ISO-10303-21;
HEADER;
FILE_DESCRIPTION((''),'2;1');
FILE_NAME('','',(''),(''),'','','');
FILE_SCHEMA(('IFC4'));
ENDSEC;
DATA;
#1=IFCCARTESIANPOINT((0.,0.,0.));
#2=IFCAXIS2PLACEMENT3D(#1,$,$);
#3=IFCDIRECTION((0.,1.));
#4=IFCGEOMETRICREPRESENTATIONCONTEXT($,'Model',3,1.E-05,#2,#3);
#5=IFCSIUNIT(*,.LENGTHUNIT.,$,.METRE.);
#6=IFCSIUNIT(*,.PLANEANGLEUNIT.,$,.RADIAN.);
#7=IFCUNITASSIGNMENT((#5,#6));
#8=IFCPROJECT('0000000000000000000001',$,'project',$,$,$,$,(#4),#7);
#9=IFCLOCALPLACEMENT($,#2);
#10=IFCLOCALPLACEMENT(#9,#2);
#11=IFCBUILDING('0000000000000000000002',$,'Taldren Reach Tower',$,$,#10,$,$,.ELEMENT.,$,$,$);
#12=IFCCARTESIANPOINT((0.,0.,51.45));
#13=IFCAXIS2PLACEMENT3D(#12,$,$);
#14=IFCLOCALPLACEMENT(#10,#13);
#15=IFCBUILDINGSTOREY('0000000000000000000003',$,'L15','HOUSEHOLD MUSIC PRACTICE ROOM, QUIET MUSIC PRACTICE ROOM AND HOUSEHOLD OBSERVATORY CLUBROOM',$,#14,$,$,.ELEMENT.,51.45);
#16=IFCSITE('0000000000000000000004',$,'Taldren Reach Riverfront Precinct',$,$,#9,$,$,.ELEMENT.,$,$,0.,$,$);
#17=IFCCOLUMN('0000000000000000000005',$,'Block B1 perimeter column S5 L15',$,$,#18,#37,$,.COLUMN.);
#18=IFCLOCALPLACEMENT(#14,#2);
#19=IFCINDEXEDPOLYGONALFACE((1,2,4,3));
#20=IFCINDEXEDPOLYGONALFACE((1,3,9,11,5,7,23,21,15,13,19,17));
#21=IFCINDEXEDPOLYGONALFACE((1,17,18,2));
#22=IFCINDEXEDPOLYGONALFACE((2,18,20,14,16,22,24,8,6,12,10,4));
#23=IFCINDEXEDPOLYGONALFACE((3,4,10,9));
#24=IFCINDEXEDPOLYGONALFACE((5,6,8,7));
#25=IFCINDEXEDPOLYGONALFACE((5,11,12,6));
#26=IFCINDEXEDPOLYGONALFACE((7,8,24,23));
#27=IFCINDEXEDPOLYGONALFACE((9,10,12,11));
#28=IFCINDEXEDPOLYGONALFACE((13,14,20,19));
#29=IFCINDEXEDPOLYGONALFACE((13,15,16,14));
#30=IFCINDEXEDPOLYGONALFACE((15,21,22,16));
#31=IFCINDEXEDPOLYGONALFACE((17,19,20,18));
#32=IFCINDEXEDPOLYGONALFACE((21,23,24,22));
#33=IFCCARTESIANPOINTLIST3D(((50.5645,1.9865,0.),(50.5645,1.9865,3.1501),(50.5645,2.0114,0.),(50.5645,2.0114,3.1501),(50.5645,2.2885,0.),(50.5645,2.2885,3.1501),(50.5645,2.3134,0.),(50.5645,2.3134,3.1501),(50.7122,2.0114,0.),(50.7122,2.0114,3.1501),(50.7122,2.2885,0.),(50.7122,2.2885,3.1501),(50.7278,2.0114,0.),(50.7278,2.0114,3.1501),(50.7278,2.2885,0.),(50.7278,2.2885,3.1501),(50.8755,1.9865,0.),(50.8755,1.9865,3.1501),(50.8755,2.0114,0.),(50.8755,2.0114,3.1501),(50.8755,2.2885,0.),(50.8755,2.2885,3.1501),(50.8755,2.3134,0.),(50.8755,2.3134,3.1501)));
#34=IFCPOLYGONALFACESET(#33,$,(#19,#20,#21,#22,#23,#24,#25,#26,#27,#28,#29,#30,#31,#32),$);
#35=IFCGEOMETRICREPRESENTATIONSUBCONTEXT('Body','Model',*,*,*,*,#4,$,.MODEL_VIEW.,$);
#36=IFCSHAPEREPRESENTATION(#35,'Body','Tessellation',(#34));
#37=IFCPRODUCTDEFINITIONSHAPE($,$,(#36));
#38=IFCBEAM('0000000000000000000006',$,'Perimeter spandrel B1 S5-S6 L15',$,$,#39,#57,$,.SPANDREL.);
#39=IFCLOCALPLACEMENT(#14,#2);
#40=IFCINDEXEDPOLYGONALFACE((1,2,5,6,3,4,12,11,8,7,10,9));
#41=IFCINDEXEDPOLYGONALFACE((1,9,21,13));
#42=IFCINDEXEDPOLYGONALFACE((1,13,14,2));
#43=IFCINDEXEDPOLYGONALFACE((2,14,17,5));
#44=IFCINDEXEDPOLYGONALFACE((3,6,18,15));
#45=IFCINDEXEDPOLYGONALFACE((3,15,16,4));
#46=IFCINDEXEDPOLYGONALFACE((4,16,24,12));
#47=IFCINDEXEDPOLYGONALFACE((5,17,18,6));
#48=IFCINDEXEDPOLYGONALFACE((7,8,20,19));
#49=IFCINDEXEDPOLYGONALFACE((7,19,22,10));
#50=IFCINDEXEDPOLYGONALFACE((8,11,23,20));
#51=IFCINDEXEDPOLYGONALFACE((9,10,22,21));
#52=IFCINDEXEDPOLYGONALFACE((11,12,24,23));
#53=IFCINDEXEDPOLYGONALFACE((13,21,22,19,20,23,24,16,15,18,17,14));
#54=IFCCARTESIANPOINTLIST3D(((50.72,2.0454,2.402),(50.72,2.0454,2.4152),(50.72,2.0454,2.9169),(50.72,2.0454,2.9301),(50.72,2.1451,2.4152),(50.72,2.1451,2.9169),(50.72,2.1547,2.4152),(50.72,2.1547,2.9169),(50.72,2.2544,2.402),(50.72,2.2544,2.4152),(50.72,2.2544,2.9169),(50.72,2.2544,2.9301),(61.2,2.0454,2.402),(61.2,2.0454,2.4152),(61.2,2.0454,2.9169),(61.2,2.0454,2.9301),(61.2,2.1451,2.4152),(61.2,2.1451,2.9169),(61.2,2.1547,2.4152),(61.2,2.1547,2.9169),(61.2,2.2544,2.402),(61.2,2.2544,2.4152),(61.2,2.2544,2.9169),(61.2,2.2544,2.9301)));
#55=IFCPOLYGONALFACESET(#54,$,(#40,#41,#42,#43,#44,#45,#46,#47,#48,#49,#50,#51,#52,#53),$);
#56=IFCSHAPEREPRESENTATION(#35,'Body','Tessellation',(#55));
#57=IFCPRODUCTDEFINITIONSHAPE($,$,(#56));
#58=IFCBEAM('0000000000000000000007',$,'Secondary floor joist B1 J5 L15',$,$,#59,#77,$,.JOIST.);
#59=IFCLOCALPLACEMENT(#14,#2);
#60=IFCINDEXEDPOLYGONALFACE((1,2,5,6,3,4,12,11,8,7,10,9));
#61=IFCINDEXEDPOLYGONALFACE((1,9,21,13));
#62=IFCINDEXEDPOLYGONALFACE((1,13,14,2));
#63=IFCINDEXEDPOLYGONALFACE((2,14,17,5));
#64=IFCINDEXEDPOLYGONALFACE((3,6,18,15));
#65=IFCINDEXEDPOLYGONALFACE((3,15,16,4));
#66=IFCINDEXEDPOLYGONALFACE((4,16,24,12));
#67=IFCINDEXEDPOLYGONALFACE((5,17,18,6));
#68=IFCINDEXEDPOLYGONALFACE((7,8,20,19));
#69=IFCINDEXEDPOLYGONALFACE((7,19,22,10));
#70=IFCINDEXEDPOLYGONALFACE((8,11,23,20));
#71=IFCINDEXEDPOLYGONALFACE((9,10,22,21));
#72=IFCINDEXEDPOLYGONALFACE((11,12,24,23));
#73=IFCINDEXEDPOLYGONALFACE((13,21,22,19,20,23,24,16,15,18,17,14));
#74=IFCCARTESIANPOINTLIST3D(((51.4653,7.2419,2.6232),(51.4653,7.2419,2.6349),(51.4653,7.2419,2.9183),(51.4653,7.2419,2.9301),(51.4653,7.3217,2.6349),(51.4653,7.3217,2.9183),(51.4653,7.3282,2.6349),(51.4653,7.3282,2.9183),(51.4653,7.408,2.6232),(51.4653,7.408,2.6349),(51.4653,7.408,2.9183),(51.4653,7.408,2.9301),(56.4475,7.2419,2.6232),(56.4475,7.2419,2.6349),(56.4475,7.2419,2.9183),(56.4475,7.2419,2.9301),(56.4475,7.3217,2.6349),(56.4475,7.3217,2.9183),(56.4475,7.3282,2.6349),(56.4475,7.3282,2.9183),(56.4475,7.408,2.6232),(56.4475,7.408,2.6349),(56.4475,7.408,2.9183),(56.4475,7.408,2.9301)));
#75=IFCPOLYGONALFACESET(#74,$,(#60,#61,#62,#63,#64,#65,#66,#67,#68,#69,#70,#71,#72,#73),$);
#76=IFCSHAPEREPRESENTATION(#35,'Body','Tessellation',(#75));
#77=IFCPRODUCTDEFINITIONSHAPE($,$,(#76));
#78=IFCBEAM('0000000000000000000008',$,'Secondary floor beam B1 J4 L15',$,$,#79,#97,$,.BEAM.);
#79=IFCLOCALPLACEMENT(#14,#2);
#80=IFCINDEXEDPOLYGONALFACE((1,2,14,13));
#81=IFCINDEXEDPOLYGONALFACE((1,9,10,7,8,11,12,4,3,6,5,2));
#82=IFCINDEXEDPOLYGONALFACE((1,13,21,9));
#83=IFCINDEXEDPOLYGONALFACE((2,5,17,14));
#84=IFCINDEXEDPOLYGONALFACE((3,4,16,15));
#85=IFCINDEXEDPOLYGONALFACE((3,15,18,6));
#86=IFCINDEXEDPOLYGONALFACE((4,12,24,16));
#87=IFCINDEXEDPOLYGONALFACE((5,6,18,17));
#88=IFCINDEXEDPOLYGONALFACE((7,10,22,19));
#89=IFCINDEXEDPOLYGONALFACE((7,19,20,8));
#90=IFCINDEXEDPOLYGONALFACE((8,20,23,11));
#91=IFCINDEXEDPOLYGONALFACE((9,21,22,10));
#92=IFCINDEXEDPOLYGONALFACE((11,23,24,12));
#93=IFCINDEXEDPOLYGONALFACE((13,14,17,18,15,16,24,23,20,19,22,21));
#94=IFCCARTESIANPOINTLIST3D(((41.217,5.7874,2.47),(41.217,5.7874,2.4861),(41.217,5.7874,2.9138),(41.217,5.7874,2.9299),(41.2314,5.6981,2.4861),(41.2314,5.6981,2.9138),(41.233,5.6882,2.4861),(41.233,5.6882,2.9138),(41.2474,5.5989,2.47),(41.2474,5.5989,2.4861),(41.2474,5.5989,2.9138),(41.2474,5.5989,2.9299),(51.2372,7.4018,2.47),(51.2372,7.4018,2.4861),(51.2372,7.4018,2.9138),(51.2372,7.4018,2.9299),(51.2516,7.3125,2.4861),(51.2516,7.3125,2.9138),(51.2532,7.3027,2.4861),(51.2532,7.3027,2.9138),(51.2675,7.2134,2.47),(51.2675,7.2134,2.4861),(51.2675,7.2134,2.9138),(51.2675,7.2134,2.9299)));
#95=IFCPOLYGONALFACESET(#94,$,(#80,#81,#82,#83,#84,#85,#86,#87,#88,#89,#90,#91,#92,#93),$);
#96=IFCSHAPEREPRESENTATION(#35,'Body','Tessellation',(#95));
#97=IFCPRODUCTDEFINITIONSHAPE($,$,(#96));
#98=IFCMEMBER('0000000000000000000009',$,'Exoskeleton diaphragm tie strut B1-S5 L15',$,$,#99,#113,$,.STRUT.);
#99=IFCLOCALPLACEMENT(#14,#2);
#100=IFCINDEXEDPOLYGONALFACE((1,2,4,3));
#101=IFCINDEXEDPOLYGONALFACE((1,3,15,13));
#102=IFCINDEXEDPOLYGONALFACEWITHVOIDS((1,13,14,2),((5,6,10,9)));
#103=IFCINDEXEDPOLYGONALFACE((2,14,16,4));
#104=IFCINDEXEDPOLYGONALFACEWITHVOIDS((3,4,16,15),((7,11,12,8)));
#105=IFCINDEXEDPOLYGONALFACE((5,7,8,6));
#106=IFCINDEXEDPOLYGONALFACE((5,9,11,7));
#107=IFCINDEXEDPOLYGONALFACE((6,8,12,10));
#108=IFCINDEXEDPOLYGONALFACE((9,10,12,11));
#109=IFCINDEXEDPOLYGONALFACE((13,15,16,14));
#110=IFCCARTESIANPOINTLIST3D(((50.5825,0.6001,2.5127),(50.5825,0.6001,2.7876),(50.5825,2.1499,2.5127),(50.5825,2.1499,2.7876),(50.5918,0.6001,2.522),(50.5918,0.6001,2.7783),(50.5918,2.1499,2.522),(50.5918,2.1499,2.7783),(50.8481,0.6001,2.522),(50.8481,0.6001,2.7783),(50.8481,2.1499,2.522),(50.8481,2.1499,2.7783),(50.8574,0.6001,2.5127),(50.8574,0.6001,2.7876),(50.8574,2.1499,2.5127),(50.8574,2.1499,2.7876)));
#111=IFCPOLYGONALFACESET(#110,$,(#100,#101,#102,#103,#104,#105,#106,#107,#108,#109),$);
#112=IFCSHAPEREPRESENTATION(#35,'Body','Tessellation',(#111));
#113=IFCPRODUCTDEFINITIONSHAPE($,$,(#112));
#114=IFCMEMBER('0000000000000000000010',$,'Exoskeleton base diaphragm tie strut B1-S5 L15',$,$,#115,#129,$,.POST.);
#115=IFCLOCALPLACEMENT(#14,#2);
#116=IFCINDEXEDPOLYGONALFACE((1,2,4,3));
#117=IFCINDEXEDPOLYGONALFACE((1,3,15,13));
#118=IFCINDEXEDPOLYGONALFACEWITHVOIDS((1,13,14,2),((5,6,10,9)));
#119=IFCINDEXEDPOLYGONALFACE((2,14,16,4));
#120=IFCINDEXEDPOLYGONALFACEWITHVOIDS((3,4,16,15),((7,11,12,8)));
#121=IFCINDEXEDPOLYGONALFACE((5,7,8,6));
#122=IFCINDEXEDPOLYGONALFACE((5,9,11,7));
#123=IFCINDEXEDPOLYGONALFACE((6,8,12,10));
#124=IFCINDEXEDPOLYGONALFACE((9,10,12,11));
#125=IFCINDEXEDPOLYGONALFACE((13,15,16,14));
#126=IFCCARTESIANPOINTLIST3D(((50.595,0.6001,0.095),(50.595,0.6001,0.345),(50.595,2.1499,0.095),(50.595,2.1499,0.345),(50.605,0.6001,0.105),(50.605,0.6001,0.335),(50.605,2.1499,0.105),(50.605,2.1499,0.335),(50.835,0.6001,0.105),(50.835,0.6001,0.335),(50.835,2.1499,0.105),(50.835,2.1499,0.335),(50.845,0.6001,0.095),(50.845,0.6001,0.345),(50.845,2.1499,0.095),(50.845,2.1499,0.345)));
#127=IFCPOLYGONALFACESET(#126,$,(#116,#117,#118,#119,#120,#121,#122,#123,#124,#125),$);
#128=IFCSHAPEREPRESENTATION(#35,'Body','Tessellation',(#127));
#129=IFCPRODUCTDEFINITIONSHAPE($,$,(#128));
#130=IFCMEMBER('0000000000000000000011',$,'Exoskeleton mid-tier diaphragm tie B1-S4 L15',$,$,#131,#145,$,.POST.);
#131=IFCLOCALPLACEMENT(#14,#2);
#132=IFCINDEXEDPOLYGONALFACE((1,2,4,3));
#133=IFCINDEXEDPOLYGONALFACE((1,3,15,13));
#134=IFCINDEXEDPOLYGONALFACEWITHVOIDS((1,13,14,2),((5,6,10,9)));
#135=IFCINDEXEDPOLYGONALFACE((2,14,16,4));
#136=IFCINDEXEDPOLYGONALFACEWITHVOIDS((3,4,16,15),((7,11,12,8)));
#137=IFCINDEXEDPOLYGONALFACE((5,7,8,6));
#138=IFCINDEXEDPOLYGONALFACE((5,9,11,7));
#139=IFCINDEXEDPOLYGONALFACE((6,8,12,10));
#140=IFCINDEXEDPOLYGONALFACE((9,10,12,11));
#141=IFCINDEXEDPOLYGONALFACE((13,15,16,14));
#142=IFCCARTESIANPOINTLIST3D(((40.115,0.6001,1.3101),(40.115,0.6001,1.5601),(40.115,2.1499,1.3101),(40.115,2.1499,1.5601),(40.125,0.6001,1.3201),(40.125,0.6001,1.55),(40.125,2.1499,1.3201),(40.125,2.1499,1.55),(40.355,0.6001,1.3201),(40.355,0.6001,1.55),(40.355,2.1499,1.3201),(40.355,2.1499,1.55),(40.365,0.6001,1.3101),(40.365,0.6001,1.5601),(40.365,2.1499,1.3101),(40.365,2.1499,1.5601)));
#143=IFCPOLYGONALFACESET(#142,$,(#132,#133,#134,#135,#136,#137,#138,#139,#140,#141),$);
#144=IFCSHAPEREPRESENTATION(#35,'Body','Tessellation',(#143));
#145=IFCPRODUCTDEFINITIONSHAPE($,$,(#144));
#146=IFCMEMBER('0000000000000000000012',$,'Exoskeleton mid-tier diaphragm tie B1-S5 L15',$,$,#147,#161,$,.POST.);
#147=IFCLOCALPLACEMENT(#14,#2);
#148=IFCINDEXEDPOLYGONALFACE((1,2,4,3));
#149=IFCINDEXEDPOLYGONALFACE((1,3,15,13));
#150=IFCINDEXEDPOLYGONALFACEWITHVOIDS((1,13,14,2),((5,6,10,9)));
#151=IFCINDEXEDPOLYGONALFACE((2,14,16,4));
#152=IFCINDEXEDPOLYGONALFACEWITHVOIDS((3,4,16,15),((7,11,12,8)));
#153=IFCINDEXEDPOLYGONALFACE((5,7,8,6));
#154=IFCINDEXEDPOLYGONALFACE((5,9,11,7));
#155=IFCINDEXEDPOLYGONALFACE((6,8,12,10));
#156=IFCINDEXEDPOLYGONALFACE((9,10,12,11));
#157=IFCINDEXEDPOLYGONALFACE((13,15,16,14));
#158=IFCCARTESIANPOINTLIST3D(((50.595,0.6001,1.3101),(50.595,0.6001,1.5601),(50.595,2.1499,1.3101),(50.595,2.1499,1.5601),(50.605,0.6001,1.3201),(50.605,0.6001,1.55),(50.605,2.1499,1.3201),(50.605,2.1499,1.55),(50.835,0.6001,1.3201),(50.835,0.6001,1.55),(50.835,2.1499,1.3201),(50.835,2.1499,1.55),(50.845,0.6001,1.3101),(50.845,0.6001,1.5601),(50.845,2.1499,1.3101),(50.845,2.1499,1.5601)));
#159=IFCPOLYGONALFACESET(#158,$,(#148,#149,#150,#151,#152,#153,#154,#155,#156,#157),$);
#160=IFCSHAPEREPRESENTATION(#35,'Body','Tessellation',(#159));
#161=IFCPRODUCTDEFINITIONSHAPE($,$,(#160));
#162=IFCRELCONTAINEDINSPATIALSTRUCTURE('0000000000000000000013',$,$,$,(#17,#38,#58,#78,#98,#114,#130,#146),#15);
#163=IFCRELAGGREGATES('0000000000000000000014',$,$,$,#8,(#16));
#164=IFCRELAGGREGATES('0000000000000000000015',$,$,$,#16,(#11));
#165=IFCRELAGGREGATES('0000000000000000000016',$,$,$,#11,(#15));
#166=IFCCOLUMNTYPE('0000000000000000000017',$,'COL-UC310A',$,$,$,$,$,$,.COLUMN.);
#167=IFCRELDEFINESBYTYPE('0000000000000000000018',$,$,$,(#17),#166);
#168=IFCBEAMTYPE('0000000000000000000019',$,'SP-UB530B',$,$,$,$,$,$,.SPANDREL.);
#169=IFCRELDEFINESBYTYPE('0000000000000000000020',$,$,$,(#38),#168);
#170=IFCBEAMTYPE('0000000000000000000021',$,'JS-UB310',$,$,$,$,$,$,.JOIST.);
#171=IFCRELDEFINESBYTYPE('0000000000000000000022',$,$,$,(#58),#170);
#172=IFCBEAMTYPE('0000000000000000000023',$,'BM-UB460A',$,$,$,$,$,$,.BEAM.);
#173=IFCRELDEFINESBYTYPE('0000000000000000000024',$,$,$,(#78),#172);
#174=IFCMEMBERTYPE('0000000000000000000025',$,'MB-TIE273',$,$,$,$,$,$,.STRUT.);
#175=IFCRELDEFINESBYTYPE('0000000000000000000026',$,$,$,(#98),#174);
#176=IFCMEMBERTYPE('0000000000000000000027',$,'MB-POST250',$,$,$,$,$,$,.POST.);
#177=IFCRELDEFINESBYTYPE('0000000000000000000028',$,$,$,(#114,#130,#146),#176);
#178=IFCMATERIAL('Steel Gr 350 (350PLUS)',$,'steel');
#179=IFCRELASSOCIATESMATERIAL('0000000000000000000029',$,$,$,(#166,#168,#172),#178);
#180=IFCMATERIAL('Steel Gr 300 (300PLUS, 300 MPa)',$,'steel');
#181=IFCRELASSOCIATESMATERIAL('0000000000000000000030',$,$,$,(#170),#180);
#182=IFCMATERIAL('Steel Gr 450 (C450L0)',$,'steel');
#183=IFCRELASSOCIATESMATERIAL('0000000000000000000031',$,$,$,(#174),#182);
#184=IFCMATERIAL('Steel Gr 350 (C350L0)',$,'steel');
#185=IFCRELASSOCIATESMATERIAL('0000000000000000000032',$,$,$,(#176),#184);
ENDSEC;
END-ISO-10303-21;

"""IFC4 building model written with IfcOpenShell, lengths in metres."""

from ifc_helpers import new_model, si_unit, direction, frame, origin, origin_2d, place, context, subcontext, project, spatial, hollow_rectangle, i_section, extrude, source, transform, mapped, material, material_profile, profile_set, type_object, element, save


model = new_model("IFC4")

# Units and contexts
model_context = context("Model", 3, precision=1e-05, world=origin(), true_north=direction((0.0, 1.0)))
body_context = subcontext(model_context, "Body", "Model", "MODEL_VIEW")
ifc_project = project(units=[si_unit("LENGTHUNIT", "METRE"), si_unit("PLANEANGLEUNIT", "RADIAN")], contexts=[model_context])

# Site, building, storey
site_placement = place(None, origin())
site = spatial("IfcSite", under=ifc_project, at=site_placement, Name="Taldren Reach Riverfront Precinct", CompositionType="ELEMENT", RefElevation=0.0)
building_placement = place(site_placement, origin())
building = spatial("IfcBuilding", under=site, at=building_placement, Name="Taldren Reach Tower", CompositionType="ELEMENT")
storey_placement = place(building_placement, frame((0.0, 0.0, 51.45)))
storey = spatial("IfcBuildingStorey", under=building, at=storey_placement, Name="L15", Description="HOUSEHOLD MUSIC PRACTICE ROOM, QUIET MUSIC PRACTICE ROOM AND HOUSEHOLD OBSERVATORY CLUBROOM", CompositionType="ELEMENT", Elevation=51.45)

# Column
ifc_material_1 = material(Name="Steel Gr 350 (350PLUS)", Category="steel")
ifc_material_profile_1 = material_profile(ifc_material_1, i_section(OverallWidth=0.311, OverallDepth=0.3269, WebThickness=0.0156, FlangeThickness=0.0249, at=origin_2d()), Name="310UC158")
ifc_profile_set_1 = profile_set([ifc_material_profile_1], Name="Steel Gr 350 (350PLUS)")
column_type = type_object("IfcColumnType", Name="COL-UC310A", PredefinedType="COLUMN", material=ifc_profile_set_1)
shared_shape_1 = source(origin(), body_context, "Body", "SweptSolid", [
    extrude(i_section(OverallWidth=0.311, OverallDepth=0.3269, WebThickness=0.0156, FlangeThickness=0.0249, at=origin_2d()), origin(), (0.0, 0.0, 1.0), 3.1501),
])
column_placement = place(storey_placement, frame((50.72, 2.1499, 0.0), z_axis=(0.0, 0.0, 1.0), x_axis=(1.0, 0.0, 0.0)))
element("IfcColumn", 1, at=column_placement, inside=storey, type_object=column_type, Name="Block B1 perimeter column S5 L15", PredefinedType="COLUMN", context=body_context, shape_type="MappedRepresentation", body=[
    mapped(shared_shape_1, transform((0.0, 0.0, 0.0), scale=1.0)),
])

# Beams
ifc_material_profile_2 = material_profile(ifc_material_1, i_section(OverallWidth=0.209, OverallDepth=0.5281, WebThickness=0.0095, FlangeThickness=0.0132, at=origin_2d()), Name="530UB82.0")
ifc_profile_set_2 = profile_set([ifc_material_profile_2], Name="Steel Gr 350 (350PLUS)")
beam_type_1 = type_object("IfcBeamType", Name="SP-UB530B", PredefinedType="SPANDREL", material=ifc_profile_set_2)
shared_shape_2 = source(origin(), body_context, "Body", "SweptSolid", [
    extrude(i_section(OverallWidth=0.209, OverallDepth=0.5281, WebThickness=0.0095, FlangeThickness=0.0132, at=origin_2d()), origin(), (0.0, 0.0, 1.0), 10.48),
])
beam_1_placement = place(storey_placement, frame((50.72, 2.1499, 2.666), z_axis=(1.0, 0.0, 0.0), x_axis=(0.0, 1.0, 0.0)))
element("IfcBeam", 2, at=beam_1_placement, inside=storey, type_object=beam_type_1, Name="Perimeter spandrel B1 S5-S6 L15", PredefinedType="SPANDREL", context=body_context, shape_type="MappedRepresentation", body=[
    mapped(shared_shape_2, transform((0.0, 0.0, 0.0), scale=1.0)),
])
ifc_material_2 = material(Name="Steel Gr 300 (300PLUS, 300 MPa)", Category="steel")
ifc_material_profile_3 = material_profile(ifc_material_2, i_section(OverallWidth=0.166, OverallDepth=0.3069, WebThickness=0.0066, FlangeThickness=0.0117, at=origin_2d()), Name="310UB46.2")
ifc_profile_set_3 = profile_set([ifc_material_profile_3], Name="Steel Gr 300 (300PLUS, 300 MPa)")
beam_type_2 = type_object("IfcBeamType", Name="JS-UB310", PredefinedType="JOIST", material=ifc_profile_set_3)
shared_shape_3 = source(origin(), body_context, "Body", "SweptSolid", [
    extrude(i_section(OverallWidth=0.166, OverallDepth=0.3069, WebThickness=0.0066, FlangeThickness=0.0117, at=origin_2d()), origin(), (0.0, 0.0, 1.0), 4.9822),
])
beam_2_placement = place(storey_placement, frame((51.4653, 7.325, 2.7766), z_axis=(1.0, 0.0, 0.0), x_axis=(0.0, 1.0, 0.0)))
element("IfcBeam", 3, at=beam_2_placement, inside=storey, type_object=beam_type_2, Name="Secondary floor joist B1 J5 L15", PredefinedType="JOIST", context=body_context, shape_type="MappedRepresentation", body=[
    mapped(shared_shape_3, transform((0.0, 0.0, 0.0), scale=1.0)),
])
ifc_material_profile_4 = material_profile(ifc_material_1, i_section(OverallWidth=0.1909, OverallDepth=0.46, WebThickness=0.01, FlangeThickness=0.0161, at=origin_2d()), Name="460UB82.1")
ifc_profile_set_4 = profile_set([ifc_material_profile_4], Name="Steel Gr 350 (350PLUS)")
beam_type_3 = type_object("IfcBeamType", Name="BM-UB460A", PredefinedType="BEAM", material=ifc_profile_set_4)
shared_shape_4 = source(origin(), body_context, "Body", "SweptSolid", [
    extrude(i_section(OverallWidth=0.1909, OverallDepth=0.46, WebThickness=0.01, FlangeThickness=0.0161, at=origin_2d()), origin(), (0.0, 0.0, 1.0), 10.1494),
])
beam_3_placement = place(storey_placement, frame((41.2322, 5.6931, 2.7), z_axis=(0.987267, 0.159072, 0.0), x_axis=(-0.159072, 0.987267, 0.0)))
element("IfcBeam", 4, at=beam_3_placement, inside=storey, type_object=beam_type_3, Name="Secondary floor beam B1 J4 L15", PredefinedType="BEAM", context=body_context, shape_type="MappedRepresentation", body=[
    mapped(shared_shape_4, transform((0.0, 0.0, 0.0), scale=1.0)),
])

# Members
ifc_material_3 = material(Name="Steel Gr 450 (C450L0)", Category="steel")
ifc_material_profile_5 = material_profile(ifc_material_3, hollow_rectangle(XDim=0.2749, YDim=0.2749, WallThickness=0.0093, at=origin_2d()), Name="275x275x9.3SHS")
ifc_profile_set_5 = profile_set([ifc_material_profile_5], Name="Steel Gr 450 (C450L0)")
member_type_1 = type_object("IfcMemberType", Name="MB-TIE273", PredefinedType="STRUT", material=ifc_profile_set_5)
shared_shape_5 = source(origin(), body_context, "Body", "SweptSolid", [
    extrude(hollow_rectangle(XDim=0.2749, YDim=0.2749, WallThickness=0.0093, at=origin_2d()), origin(), (0.0, 0.0, 1.0), 1.5498),
])
member_placement = place(storey_placement, frame((50.72, 2.1499, 2.6501), z_axis=(0.0, -1.0, 0.0), x_axis=(1.0, 0.0, 0.0)))
element("IfcMember", 5, at=member_placement, inside=storey, type_object=member_type_1, Name="Exoskeleton diaphragm tie strut B1-S5 L15", PredefinedType="STRUT", context=body_context, shape_type="MappedRepresentation", body=[
    mapped(shared_shape_5, transform((0.0, 0.0, 0.0), scale=1.0)),
])
ifc_material_4 = material(Name="Steel Gr 350 (C350L0)", Category="steel")
ifc_material_profile_6 = material_profile(ifc_material_4, hollow_rectangle(XDim=0.25, YDim=0.25, WallThickness=0.01, at=origin_2d()), Name="250x250x10.0SHS")
ifc_profile_set_6 = profile_set([ifc_material_profile_6], Name="Steel Gr 350 (C350L0)")
member_type_2 = type_object("IfcMemberType", Name="MB-POST250", PredefinedType="POST", material=ifc_profile_set_6)
shared_shape_6 = source(origin(), body_context, "Body", "SweptSolid", [
    extrude(hollow_rectangle(XDim=0.25, YDim=0.25, WallThickness=0.01, at=origin_2d()), origin(), (0.0, 0.0, 1.0), 1.5498),
])
for number, where, z_axis, x_axis, name in (
    (6, (50.72, 2.1499, 0.22), (0.0, -1.0, 0.0), (1.0, 0.0, 0.0), "Exoskeleton base diaphragm tie strut B1-S5 L15"),
    (7, (40.24, 2.1499, 1.4351), (0.0, -1.0, 0.0), (1.0, 0.0, 0.0), "Exoskeleton mid-tier diaphragm tie B1-S4 L15"),
    (8, (50.72, 2.1499, 1.4351), (0.0, -1.0, 0.0), (1.0, 0.0, 0.0), "Exoskeleton mid-tier diaphragm tie B1-S5 L15"),
):
    element("IfcMember", number, at=place(storey_placement, frame(where, z_axis=z_axis, x_axis=x_axis)), inside=storey, type_object=member_type_2, Name=name, PredefinedType="POST", context=body_context, shape_type="MappedRepresentation", body=[
        mapped(shared_shape_6, transform((0.0, 0.0, 0.0), scale=1.0)),
    ])

save(model, "model.ifc")
